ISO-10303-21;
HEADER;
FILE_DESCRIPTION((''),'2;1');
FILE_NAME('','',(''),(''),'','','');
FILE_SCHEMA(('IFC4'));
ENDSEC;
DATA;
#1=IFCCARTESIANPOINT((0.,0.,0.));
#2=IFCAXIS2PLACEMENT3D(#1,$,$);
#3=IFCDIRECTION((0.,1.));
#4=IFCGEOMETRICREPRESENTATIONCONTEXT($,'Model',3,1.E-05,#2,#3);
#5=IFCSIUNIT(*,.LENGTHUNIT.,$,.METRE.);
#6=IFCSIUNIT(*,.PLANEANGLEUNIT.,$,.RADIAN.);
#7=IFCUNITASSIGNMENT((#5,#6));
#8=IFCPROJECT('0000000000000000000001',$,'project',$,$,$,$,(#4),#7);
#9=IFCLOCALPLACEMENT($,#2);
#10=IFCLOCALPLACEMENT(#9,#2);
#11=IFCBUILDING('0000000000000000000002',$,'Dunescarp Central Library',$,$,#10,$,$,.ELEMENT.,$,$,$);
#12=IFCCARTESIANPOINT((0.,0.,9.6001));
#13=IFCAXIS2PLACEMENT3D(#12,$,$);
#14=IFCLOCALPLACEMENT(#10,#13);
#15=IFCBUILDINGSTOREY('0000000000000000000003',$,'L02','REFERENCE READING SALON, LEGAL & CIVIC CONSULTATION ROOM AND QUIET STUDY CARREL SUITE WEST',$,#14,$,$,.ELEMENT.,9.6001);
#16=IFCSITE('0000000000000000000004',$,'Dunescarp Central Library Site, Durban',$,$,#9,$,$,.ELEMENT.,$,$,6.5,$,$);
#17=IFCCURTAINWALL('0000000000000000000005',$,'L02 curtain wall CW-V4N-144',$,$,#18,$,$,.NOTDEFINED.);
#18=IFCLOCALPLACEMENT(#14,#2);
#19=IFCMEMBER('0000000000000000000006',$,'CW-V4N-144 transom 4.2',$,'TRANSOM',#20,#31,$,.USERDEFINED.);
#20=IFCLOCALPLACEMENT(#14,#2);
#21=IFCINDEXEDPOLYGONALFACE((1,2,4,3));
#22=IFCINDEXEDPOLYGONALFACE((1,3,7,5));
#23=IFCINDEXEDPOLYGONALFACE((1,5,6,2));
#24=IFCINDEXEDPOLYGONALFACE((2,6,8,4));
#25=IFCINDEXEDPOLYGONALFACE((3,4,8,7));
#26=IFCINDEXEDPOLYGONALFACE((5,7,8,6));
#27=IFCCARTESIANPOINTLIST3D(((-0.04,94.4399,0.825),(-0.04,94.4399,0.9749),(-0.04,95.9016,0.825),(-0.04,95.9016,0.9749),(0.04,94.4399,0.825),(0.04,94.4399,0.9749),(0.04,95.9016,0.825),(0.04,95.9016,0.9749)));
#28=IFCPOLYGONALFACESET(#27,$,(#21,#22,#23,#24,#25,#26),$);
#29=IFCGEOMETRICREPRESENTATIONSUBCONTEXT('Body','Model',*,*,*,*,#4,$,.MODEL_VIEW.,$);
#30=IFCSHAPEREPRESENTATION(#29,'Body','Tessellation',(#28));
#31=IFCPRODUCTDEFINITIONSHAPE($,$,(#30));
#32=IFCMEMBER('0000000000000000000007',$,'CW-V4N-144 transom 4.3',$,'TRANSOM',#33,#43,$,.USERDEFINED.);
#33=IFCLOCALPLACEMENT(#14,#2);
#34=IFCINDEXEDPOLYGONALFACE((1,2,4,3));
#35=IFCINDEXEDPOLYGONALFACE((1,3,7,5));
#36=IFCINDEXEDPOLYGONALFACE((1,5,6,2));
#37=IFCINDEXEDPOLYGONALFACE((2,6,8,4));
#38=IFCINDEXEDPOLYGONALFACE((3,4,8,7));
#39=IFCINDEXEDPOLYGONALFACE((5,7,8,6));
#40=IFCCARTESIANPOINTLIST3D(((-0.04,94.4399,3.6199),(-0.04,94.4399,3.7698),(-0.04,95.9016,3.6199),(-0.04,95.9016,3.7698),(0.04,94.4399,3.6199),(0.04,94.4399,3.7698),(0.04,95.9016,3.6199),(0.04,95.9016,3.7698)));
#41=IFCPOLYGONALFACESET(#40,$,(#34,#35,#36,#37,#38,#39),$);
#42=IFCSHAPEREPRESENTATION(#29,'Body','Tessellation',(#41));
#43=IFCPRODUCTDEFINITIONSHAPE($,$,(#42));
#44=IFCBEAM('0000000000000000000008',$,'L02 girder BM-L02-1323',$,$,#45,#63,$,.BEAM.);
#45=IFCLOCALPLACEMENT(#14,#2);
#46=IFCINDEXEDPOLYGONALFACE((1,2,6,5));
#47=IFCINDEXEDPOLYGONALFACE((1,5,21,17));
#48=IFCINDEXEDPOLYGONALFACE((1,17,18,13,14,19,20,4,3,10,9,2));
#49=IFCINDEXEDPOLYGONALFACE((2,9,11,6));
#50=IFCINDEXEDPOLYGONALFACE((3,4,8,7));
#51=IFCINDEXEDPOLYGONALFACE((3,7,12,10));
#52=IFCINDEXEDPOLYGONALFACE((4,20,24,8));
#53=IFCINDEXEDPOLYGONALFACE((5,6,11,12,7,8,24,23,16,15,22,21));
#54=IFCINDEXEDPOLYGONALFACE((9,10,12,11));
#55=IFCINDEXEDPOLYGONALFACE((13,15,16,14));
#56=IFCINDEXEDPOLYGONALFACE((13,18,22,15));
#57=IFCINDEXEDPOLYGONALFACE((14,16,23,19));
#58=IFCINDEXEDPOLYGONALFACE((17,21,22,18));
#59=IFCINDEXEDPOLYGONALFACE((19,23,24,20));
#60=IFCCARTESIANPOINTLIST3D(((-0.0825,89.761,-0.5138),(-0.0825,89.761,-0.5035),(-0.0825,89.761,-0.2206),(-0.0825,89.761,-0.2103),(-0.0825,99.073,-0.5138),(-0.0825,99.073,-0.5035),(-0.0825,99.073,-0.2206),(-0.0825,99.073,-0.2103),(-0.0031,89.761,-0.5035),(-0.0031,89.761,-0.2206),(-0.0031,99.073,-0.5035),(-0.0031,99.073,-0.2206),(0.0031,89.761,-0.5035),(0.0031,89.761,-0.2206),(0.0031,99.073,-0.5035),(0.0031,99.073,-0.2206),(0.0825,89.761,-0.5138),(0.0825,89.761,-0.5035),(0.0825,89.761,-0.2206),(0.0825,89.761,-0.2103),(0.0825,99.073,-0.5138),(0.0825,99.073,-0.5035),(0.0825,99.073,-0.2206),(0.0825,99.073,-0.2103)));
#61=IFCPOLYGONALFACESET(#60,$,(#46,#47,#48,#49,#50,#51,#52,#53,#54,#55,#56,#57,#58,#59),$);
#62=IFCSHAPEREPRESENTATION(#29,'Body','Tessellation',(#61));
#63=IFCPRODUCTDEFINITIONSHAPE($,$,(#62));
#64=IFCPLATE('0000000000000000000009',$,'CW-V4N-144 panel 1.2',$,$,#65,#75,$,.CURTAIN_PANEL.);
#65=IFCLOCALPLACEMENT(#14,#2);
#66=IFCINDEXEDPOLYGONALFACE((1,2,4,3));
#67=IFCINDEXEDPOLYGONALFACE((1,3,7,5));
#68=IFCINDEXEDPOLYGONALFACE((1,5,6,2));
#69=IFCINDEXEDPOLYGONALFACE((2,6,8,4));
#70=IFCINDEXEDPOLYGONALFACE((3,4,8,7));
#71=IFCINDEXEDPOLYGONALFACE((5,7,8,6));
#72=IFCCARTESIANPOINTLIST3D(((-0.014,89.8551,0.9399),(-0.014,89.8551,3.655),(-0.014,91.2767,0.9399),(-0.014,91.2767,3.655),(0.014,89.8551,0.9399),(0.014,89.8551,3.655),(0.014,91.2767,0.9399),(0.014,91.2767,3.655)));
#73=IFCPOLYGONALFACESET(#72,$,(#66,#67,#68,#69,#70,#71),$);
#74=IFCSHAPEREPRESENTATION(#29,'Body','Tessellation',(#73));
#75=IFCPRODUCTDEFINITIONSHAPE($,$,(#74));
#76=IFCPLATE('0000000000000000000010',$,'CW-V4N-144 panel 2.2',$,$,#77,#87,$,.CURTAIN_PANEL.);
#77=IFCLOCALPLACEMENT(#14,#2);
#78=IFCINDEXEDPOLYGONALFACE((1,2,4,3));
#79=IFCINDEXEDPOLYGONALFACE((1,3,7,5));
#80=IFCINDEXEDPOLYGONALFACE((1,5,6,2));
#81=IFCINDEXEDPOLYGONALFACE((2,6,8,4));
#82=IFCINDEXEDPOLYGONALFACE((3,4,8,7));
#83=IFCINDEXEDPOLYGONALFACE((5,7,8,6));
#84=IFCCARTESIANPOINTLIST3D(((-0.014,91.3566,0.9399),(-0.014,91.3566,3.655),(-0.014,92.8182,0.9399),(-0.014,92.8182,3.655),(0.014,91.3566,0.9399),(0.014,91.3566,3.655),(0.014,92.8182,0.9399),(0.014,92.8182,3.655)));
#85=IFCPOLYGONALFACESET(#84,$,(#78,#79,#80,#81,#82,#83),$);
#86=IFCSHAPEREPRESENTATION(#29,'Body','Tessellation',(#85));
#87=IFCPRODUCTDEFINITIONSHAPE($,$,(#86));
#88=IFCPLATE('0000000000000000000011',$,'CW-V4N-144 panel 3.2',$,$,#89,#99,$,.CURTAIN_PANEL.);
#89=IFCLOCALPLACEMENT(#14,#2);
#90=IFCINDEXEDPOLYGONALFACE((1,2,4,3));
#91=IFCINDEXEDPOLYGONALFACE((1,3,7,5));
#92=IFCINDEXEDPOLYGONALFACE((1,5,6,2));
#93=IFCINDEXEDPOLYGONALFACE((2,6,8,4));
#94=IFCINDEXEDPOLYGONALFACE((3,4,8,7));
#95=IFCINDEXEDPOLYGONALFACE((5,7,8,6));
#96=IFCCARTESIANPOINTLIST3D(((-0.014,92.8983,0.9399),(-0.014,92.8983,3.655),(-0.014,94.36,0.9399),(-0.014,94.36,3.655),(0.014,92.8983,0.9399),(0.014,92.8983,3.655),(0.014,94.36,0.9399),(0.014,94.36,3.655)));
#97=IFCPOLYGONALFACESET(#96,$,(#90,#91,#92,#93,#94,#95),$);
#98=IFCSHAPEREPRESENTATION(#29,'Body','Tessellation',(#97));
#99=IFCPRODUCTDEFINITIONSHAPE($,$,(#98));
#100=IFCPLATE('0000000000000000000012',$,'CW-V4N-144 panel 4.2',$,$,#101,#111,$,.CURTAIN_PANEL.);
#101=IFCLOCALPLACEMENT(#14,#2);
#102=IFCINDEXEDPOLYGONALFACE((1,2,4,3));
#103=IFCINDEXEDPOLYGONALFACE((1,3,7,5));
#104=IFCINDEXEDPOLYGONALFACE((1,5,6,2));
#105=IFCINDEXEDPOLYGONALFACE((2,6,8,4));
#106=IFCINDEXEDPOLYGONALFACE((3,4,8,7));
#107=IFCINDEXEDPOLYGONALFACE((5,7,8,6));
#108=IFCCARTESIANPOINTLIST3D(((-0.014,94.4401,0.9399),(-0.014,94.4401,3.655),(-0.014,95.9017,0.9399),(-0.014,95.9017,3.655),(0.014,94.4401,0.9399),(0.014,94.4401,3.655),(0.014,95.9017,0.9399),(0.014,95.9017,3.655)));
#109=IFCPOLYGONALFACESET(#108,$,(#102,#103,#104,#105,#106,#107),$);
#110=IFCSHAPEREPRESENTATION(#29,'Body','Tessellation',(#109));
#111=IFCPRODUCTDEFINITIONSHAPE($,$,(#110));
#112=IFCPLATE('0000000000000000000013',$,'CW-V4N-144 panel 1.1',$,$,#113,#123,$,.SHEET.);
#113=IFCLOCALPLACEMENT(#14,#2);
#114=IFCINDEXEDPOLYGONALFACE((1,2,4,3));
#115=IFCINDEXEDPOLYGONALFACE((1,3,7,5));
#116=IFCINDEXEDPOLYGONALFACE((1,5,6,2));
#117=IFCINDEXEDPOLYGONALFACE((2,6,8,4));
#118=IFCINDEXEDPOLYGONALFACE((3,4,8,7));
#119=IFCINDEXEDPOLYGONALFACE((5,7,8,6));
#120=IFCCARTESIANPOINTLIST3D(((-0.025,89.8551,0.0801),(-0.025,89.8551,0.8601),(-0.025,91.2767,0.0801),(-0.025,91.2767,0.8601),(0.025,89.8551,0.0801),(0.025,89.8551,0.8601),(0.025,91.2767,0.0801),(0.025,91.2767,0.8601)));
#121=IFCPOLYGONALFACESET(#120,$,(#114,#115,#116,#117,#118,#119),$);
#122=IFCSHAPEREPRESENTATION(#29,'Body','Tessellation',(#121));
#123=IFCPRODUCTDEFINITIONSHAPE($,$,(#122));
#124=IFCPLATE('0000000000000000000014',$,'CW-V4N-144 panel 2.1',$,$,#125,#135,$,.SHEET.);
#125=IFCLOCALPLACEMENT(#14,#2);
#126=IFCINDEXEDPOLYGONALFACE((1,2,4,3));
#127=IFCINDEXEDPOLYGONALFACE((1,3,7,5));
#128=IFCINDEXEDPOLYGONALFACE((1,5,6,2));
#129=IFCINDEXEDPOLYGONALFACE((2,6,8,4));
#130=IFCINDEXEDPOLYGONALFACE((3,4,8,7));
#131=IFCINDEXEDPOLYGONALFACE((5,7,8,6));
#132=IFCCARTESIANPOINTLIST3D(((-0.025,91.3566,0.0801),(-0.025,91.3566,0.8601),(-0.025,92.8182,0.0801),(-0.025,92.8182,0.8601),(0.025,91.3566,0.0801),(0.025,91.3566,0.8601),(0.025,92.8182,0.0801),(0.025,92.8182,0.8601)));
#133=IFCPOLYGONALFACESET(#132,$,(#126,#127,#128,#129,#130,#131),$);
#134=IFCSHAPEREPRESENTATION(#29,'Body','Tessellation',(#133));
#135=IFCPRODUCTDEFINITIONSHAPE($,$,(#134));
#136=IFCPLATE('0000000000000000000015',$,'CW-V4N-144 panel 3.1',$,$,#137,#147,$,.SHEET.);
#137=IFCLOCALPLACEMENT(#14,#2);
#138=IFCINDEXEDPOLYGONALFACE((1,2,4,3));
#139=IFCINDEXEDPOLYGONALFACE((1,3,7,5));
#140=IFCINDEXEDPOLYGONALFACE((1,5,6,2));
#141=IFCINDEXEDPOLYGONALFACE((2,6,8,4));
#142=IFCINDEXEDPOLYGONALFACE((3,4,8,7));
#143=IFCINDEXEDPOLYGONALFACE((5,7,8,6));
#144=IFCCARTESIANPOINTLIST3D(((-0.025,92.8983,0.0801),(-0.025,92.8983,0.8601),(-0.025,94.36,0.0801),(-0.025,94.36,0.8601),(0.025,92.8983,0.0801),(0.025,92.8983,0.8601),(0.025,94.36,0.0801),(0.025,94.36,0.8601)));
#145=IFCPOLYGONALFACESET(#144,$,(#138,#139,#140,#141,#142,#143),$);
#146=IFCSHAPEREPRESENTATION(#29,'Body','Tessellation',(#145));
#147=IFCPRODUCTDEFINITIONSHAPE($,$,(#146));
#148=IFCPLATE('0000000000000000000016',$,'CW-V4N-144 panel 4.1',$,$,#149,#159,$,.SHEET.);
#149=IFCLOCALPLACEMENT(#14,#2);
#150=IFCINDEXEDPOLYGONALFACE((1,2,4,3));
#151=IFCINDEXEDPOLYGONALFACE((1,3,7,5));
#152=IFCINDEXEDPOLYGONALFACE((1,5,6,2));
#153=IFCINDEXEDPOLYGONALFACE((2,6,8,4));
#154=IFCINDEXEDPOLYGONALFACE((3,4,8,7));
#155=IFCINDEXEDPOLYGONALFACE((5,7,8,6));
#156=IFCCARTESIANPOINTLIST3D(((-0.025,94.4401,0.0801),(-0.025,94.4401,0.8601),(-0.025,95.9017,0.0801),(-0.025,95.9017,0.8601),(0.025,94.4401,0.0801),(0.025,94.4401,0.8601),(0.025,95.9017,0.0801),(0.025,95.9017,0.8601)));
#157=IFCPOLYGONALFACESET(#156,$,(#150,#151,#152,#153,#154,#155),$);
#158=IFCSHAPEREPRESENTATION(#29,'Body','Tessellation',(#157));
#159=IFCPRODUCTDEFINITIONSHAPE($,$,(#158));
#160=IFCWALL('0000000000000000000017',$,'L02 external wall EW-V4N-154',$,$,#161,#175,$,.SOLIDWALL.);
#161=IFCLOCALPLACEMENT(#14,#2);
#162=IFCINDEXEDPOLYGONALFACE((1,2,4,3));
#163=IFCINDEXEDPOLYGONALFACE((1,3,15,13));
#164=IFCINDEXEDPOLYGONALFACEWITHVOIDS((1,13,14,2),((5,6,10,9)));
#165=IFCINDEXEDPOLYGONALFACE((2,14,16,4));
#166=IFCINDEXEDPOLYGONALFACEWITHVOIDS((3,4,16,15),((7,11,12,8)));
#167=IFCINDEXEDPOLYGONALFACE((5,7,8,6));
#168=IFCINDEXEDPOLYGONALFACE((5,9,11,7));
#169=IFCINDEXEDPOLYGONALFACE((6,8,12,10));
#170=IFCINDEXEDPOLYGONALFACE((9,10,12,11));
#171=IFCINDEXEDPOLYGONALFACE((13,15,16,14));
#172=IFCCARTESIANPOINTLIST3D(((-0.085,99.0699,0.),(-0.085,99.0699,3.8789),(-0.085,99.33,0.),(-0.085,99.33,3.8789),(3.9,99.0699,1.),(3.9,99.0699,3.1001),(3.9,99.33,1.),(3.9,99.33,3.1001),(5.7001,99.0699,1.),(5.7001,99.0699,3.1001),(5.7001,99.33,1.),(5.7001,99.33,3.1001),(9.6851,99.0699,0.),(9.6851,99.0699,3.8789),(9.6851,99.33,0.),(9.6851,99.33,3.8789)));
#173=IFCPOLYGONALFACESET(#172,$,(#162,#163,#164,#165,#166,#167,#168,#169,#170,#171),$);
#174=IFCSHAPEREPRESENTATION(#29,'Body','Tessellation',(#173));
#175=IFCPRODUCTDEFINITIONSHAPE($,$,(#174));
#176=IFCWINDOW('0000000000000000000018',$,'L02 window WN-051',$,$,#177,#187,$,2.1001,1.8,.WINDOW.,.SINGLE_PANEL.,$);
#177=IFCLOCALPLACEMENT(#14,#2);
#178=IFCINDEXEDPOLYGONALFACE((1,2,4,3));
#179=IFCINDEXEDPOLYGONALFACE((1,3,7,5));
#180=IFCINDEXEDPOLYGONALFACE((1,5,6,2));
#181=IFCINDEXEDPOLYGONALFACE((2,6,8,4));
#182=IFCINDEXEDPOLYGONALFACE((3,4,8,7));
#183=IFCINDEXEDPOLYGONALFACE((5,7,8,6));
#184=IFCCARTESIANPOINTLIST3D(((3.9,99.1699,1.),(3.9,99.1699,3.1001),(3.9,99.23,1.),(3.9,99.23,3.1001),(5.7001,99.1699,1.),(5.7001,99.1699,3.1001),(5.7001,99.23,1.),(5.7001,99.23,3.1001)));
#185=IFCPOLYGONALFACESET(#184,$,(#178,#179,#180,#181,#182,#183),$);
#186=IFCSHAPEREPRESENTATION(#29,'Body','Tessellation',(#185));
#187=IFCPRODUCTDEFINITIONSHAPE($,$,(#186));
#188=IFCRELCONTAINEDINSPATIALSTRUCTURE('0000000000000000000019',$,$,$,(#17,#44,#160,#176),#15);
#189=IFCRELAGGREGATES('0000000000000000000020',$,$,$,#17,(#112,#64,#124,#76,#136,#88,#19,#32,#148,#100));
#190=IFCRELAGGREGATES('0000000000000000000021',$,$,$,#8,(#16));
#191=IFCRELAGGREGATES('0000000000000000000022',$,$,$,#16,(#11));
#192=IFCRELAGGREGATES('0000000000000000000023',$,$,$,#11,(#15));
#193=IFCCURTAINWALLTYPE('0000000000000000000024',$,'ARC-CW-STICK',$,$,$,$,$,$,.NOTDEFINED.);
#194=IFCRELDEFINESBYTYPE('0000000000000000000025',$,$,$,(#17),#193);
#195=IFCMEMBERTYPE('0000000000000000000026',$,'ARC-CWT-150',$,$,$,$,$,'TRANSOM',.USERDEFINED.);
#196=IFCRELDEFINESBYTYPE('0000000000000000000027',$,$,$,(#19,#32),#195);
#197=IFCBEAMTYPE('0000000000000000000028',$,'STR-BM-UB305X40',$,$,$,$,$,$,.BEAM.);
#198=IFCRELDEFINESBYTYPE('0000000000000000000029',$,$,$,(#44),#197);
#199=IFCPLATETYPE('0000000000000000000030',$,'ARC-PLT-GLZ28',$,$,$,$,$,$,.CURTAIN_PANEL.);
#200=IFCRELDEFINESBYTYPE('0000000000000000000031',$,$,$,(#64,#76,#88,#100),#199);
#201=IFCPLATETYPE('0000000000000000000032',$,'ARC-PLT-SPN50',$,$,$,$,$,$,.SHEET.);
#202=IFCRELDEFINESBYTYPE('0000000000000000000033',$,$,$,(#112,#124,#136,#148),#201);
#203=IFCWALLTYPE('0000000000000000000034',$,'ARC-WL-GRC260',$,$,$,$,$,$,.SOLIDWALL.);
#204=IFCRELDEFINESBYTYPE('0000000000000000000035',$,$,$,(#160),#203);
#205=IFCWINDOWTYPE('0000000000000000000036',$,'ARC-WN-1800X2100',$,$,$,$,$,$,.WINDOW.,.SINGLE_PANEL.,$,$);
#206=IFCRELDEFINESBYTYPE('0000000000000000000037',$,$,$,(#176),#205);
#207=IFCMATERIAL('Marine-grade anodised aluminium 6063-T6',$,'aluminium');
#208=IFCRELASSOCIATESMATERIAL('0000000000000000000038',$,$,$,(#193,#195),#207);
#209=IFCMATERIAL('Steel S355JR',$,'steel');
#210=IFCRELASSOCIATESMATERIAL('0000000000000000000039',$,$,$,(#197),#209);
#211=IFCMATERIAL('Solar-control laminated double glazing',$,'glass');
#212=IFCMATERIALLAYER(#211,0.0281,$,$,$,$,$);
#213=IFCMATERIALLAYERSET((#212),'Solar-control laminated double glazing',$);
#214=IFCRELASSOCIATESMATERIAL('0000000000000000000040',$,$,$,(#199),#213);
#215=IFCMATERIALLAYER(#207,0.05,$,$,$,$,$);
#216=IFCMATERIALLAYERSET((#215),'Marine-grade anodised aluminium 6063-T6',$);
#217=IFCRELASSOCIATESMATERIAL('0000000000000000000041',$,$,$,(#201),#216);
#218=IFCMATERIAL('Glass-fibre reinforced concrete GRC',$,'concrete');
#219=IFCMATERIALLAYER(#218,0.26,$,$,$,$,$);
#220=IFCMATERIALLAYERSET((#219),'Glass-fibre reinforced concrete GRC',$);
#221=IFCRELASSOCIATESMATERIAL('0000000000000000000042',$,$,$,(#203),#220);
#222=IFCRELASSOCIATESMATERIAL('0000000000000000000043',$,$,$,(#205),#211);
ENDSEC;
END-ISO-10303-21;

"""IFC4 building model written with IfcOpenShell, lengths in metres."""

from ifc_helpers import new_model, si_unit, direction, frame, frame_2d, origin, origin_2d, place, context, subcontext, project, spatial, rectangle, i_section, extrude, material, layer, layer_set, material_profile, profile_set, type_object, element, fill, aggregate, save


model = new_model("IFC4")

# Units and contexts
model_context = context("Model", 3, precision=1e-05, world=origin(), true_north=direction((0.0, 1.0)))
body_context = subcontext(model_context, "Body", "Model", "MODEL_VIEW")
ifc_project = project(units=[si_unit("LENGTHUNIT", "METRE"), si_unit("PLANEANGLEUNIT", "RADIAN")], contexts=[model_context])

# Site, building, storey
site_placement = place(None, origin())
site = spatial("IfcSite", under=ifc_project, at=site_placement, Name="Dunescarp Central Library Site, Durban", CompositionType="ELEMENT", RefElevation=6.5)
building_placement = place(site_placement, origin())
building = spatial("IfcBuilding", under=site, at=building_placement, Name="Dunescarp Central Library", CompositionType="ELEMENT")
storey_placement = place(building_placement, frame((0.0, 0.0, 9.6001)))
storey = spatial("IfcBuildingStorey", under=building, at=storey_placement, Name="L02", Description="REFERENCE READING SALON, LEGAL & CIVIC CONSULTATION ROOM AND QUIET STUDY CARREL SUITE WEST", CompositionType="ELEMENT", Elevation=9.6001)

# Curtain wall, members
ifc_material_1 = material(Name="Marine-grade anodised aluminium 6063-T6", Category="aluminium")
curtain_wall_type = type_object("IfcCurtainWallType", Name="ARC-CW-STICK", PredefinedType="NOTDEFINED", material=ifc_material_1)
curtain_wall_placement = place(storey_placement, origin())
curtain_wall = element("IfcCurtainWall", 1, at=curtain_wall_placement, inside=storey, type_object=curtain_wall_type, Name="L02 curtain wall CW-V4N-144", PredefinedType="NOTDEFINED")
ifc_material_profile_1 = material_profile(ifc_material_1, rectangle(XDim=0.0801, YDim=0.1499, at=origin_2d()), Name="AL 80x150")
ifc_profile_set_1 = profile_set([ifc_material_profile_1], Name="Marine-grade anodised aluminium 6063-T6")
member_type_1 = type_object("IfcMemberType", Name="ARC-CWT-150", ElementType="TRANSOM", PredefinedType="USERDEFINED", material=ifc_profile_set_1)
member_1_placement = place(storey_placement, frame((0.0, 94.4399, 0.8999), z_axis=(0.0, 1.0, 0.0), x_axis=(-1.0, 0.0, 0.0)))
member_1 = element("IfcMember", 2, at=member_1_placement, type_object=member_type_1, Name="CW-V4N-144 transom 4.2", ObjectType="TRANSOM", PredefinedType="USERDEFINED", context=body_context, shape_type="SweptSolid", body=[
    extrude(rectangle(XDim=0.0801, YDim=0.1499, at=origin_2d()), origin(), (0.0, 0.0, 1.0), 1.4617),
])
member_2_placement = place(storey_placement, frame((0.0, 94.4399, 3.6948), z_axis=(0.0, 1.0, 0.0), x_axis=(-1.0, 0.0, 0.0)))
member_2 = element("IfcMember", 3, at=member_2_placement, type_object=member_type_1, Name="CW-V4N-144 transom 4.3", ObjectType="TRANSOM", PredefinedType="USERDEFINED", context=body_context, shape_type="SweptSolid", body=[
    extrude(rectangle(XDim=0.0801, YDim=0.1499, at=origin_2d()), origin(), (0.0, 0.0, 1.0), 1.4617),
])

# Beam
ifc_material_2 = material(Name="Steel S355JR", Category="steel")
ifc_material_profile_2 = material_profile(ifc_material_2, i_section(OverallWidth=0.165, OverallDepth=0.3035, WebThickness=0.0061, FlangeThickness=0.0103, at=origin_2d()), Name="UB 305x165x40")
ifc_profile_set_2 = profile_set([ifc_material_profile_2], Name="Steel S355JR")
beam_type = type_object("IfcBeamType", Name="STR-BM-UB305X40", PredefinedType="BEAM", material=ifc_profile_set_2)
beam_placement = place(storey_placement, frame((0.0, 89.761, -0.3621), z_axis=(0.0, 1.0, 0.0), x_axis=(-1.0, 0.0, 0.0)))
element("IfcBeam", 4, at=beam_placement, inside=storey, type_object=beam_type, Name="L02 girder BM-L02-1323", PredefinedType="BEAM", context=body_context, shape_type="SweptSolid", body=[
    extrude(i_section(OverallWidth=0.165, OverallDepth=0.3035, WebThickness=0.0061, FlangeThickness=0.0103, at=origin_2d()), origin(), (0.0, 0.0, 1.0), 9.312),
])

# Plates
ifc_material_3 = material(Name="Solar-control laminated double glazing", Category="glass")
ifc_layer_1 = layer(ifc_material_3, 0.0281)
ifc_layer_set_1 = layer_set([ifc_layer_1], Name="Solar-control laminated double glazing")
plate_type_1 = type_object("IfcPlateType", Name="ARC-PLT-GLZ28", PredefinedType="CURTAIN_PANEL", material=ifc_layer_set_1)
plate_1_placement = place(storey_placement, frame((0.0, 90.5659, 0.9399), z_axis=(0.0, 0.0, 1.0), x_axis=(0.0, 1.0, 0.0)))
plate_1 = element("IfcPlate", 5, at=plate_1_placement, type_object=plate_type_1, Name="CW-V4N-144 panel 1.2", PredefinedType="CURTAIN_PANEL", context=body_context, shape_type="SweptSolid", body=[
    extrude(rectangle(XDim=1.4216, YDim=0.0281, at=origin_2d()), origin(), (0.0, 0.0, 1.0), 2.7151),
])
plate_2_placement = place(storey_placement, frame((0.0, 92.0874, 0.9399), z_axis=(0.0, 0.0, 1.0), x_axis=(0.0, 1.0, 0.0)))
plate_2 = element("IfcPlate", 6, at=plate_2_placement, type_object=plate_type_1, Name="CW-V4N-144 panel 2.2", PredefinedType="CURTAIN_PANEL", context=body_context, shape_type="SweptSolid", body=[
    extrude(rectangle(XDim=1.4617, YDim=0.0281, at=origin_2d()), origin(), (0.0, 0.0, 1.0), 2.7151),
])
plate_3_placement = place(storey_placement, frame((0.0, 93.6292, 0.9399), z_axis=(0.0, 0.0, 1.0), x_axis=(0.0, 1.0, 0.0)))
plate_3 = element("IfcPlate", 7, at=plate_3_placement, type_object=plate_type_1, Name="CW-V4N-144 panel 3.2", PredefinedType="CURTAIN_PANEL", context=body_context, shape_type="SweptSolid", body=[
    extrude(rectangle(XDim=1.4617, YDim=0.0281, at=origin_2d()), origin(), (0.0, 0.0, 1.0), 2.7151),
])
plate_4_placement = place(storey_placement, frame((0.0, 95.1709, 0.9399), z_axis=(0.0, 0.0, 1.0), x_axis=(0.0, 1.0, 0.0)))
plate_4 = element("IfcPlate", 8, at=plate_4_placement, type_object=plate_type_1, Name="CW-V4N-144 panel 4.2", PredefinedType="CURTAIN_PANEL", context=body_context, shape_type="SweptSolid", body=[
    extrude(rectangle(XDim=1.4617, YDim=0.0281, at=origin_2d()), origin(), (0.0, 0.0, 1.0), 2.7151),
])
ifc_layer_2 = layer(ifc_material_1, 0.05)
ifc_layer_set_2 = layer_set([ifc_layer_2], Name="Marine-grade anodised aluminium 6063-T6")
plate_type_2 = type_object("IfcPlateType", Name="ARC-PLT-SPN50", PredefinedType="SHEET", material=ifc_layer_set_2)
plate_5_placement = place(storey_placement, frame((0.0, 90.5659, 0.0801), z_axis=(0.0, 0.0, 1.0), x_axis=(0.0, 1.0, 0.0)))
plate_5 = element("IfcPlate", 9, at=plate_5_placement, type_object=plate_type_2, Name="CW-V4N-144 panel 1.1", PredefinedType="SHEET", context=body_context, shape_type="SweptSolid", body=[
    extrude(rectangle(XDim=1.4216, YDim=0.05, at=origin_2d()), origin(), (0.0, 0.0, 1.0), 0.78),
])
plate_6_placement = place(storey_placement, frame((0.0, 92.0874, 0.0801), z_axis=(0.0, 0.0, 1.0), x_axis=(0.0, 1.0, 0.0)))
plate_6 = element("IfcPlate", 10, at=plate_6_placement, type_object=plate_type_2, Name="CW-V4N-144 panel 2.1", PredefinedType="SHEET", context=body_context, shape_type="SweptSolid", body=[
    extrude(rectangle(XDim=1.4617, YDim=0.05, at=origin_2d()), origin(), (0.0, 0.0, 1.0), 0.78),
])
plate_7_placement = place(storey_placement, frame((0.0, 93.6292, 0.0801), z_axis=(0.0, 0.0, 1.0), x_axis=(0.0, 1.0, 0.0)))
plate_7 = element("IfcPlate", 11, at=plate_7_placement, type_object=plate_type_2, Name="CW-V4N-144 panel 3.1", PredefinedType="SHEET", context=body_context, shape_type="SweptSolid", body=[
    extrude(rectangle(XDim=1.4617, YDim=0.05, at=origin_2d()), origin(), (0.0, 0.0, 1.0), 0.78),
])
plate_8_placement = place(storey_placement, frame((0.0, 95.1709, 0.0801), z_axis=(0.0, 0.0, 1.0), x_axis=(0.0, 1.0, 0.0)))
plate_8 = element("IfcPlate", 12, at=plate_8_placement, type_object=plate_type_2, Name="CW-V4N-144 panel 4.1", PredefinedType="SHEET", context=body_context, shape_type="SweptSolid", body=[
    extrude(rectangle(XDim=1.4617, YDim=0.05, at=origin_2d()), origin(), (0.0, 0.0, 1.0), 0.78),
])
aggregate(curtain_wall, [plate_5, plate_1, plate_6, plate_2, plate_7, plate_3, member_1, member_2, plate_8, plate_4])

# Wall, opening, window
ifc_material_4 = material(Name="Glass-fibre reinforced concrete GRC", Category="concrete")
ifc_layer_3 = layer(ifc_material_4, 0.26)
ifc_layer_set_3 = layer_set([ifc_layer_3], Name="Glass-fibre reinforced concrete GRC")
wall_type = type_object("IfcWallType", Name="ARC-WL-GRC260", PredefinedType="SOLIDWALL", material=ifc_layer_set_3)
wall_placement = place(storey_placement, frame((-0.085, 99.2, 0.0), z_axis=(0.0, 0.0, 1.0), x_axis=(1.0, 0.0, 0.0)))
wall = element("IfcWall", 13, at=wall_placement, inside=storey, type_object=wall_type, Name="L02 external wall EW-V4N-154", PredefinedType="SOLIDWALL", context=body_context, shape_type="SweptSolid", body=[
    extrude(rectangle(XDim=9.77, YDim=0.26, at=frame_2d((4.885, 0.0))), origin(), (0.0, 0.0, 1.0), 3.8789),
])
opening_placement = place(wall_placement, frame((3.9851, 0.0, 1.0)))
opening = element("IfcOpeningElement", 14, at=opening_placement, cuts=wall, PredefinedType="OPENING", context=body_context, shape_type="SweptSolid", body=[
    extrude(rectangle(XDim=1.8, YDim=2.1001, at=frame_2d((0.8999, 1.05))), frame((0.0, 0.1401, 0.0), z_axis=(0.0, -1.0, 0.0), x_axis=(1.0, 0.0, 0.0)), (0.0, 0.0, 1.0), 0.28),
])
window_type = type_object("IfcWindowType", Name="ARC-WN-1800X2100", PartitioningType="SINGLE_PANEL", PredefinedType="WINDOW", material=ifc_material_3)
window_placement = place(opening_placement, origin())
window = element("IfcWindow", 15, at=window_placement, inside=storey, type_object=window_type, Name="L02 window WN-051", OverallHeight=2.1001, OverallWidth=1.8, PartitioningType="SINGLE_PANEL", PredefinedType="WINDOW", context=body_context, shape_type="SweptSolid", body=[
    extrude(rectangle(XDim=1.8, YDim=2.1001, at=frame_2d((0.8999, 1.05))), frame((0.0, 0.03, 0.0), z_axis=(0.0, -1.0, 0.0), x_axis=(1.0, 0.0, 0.0)), (0.0, 0.0, 1.0), 0.0601),
])
fill(opening, window)

save(model, "model.ifc")
